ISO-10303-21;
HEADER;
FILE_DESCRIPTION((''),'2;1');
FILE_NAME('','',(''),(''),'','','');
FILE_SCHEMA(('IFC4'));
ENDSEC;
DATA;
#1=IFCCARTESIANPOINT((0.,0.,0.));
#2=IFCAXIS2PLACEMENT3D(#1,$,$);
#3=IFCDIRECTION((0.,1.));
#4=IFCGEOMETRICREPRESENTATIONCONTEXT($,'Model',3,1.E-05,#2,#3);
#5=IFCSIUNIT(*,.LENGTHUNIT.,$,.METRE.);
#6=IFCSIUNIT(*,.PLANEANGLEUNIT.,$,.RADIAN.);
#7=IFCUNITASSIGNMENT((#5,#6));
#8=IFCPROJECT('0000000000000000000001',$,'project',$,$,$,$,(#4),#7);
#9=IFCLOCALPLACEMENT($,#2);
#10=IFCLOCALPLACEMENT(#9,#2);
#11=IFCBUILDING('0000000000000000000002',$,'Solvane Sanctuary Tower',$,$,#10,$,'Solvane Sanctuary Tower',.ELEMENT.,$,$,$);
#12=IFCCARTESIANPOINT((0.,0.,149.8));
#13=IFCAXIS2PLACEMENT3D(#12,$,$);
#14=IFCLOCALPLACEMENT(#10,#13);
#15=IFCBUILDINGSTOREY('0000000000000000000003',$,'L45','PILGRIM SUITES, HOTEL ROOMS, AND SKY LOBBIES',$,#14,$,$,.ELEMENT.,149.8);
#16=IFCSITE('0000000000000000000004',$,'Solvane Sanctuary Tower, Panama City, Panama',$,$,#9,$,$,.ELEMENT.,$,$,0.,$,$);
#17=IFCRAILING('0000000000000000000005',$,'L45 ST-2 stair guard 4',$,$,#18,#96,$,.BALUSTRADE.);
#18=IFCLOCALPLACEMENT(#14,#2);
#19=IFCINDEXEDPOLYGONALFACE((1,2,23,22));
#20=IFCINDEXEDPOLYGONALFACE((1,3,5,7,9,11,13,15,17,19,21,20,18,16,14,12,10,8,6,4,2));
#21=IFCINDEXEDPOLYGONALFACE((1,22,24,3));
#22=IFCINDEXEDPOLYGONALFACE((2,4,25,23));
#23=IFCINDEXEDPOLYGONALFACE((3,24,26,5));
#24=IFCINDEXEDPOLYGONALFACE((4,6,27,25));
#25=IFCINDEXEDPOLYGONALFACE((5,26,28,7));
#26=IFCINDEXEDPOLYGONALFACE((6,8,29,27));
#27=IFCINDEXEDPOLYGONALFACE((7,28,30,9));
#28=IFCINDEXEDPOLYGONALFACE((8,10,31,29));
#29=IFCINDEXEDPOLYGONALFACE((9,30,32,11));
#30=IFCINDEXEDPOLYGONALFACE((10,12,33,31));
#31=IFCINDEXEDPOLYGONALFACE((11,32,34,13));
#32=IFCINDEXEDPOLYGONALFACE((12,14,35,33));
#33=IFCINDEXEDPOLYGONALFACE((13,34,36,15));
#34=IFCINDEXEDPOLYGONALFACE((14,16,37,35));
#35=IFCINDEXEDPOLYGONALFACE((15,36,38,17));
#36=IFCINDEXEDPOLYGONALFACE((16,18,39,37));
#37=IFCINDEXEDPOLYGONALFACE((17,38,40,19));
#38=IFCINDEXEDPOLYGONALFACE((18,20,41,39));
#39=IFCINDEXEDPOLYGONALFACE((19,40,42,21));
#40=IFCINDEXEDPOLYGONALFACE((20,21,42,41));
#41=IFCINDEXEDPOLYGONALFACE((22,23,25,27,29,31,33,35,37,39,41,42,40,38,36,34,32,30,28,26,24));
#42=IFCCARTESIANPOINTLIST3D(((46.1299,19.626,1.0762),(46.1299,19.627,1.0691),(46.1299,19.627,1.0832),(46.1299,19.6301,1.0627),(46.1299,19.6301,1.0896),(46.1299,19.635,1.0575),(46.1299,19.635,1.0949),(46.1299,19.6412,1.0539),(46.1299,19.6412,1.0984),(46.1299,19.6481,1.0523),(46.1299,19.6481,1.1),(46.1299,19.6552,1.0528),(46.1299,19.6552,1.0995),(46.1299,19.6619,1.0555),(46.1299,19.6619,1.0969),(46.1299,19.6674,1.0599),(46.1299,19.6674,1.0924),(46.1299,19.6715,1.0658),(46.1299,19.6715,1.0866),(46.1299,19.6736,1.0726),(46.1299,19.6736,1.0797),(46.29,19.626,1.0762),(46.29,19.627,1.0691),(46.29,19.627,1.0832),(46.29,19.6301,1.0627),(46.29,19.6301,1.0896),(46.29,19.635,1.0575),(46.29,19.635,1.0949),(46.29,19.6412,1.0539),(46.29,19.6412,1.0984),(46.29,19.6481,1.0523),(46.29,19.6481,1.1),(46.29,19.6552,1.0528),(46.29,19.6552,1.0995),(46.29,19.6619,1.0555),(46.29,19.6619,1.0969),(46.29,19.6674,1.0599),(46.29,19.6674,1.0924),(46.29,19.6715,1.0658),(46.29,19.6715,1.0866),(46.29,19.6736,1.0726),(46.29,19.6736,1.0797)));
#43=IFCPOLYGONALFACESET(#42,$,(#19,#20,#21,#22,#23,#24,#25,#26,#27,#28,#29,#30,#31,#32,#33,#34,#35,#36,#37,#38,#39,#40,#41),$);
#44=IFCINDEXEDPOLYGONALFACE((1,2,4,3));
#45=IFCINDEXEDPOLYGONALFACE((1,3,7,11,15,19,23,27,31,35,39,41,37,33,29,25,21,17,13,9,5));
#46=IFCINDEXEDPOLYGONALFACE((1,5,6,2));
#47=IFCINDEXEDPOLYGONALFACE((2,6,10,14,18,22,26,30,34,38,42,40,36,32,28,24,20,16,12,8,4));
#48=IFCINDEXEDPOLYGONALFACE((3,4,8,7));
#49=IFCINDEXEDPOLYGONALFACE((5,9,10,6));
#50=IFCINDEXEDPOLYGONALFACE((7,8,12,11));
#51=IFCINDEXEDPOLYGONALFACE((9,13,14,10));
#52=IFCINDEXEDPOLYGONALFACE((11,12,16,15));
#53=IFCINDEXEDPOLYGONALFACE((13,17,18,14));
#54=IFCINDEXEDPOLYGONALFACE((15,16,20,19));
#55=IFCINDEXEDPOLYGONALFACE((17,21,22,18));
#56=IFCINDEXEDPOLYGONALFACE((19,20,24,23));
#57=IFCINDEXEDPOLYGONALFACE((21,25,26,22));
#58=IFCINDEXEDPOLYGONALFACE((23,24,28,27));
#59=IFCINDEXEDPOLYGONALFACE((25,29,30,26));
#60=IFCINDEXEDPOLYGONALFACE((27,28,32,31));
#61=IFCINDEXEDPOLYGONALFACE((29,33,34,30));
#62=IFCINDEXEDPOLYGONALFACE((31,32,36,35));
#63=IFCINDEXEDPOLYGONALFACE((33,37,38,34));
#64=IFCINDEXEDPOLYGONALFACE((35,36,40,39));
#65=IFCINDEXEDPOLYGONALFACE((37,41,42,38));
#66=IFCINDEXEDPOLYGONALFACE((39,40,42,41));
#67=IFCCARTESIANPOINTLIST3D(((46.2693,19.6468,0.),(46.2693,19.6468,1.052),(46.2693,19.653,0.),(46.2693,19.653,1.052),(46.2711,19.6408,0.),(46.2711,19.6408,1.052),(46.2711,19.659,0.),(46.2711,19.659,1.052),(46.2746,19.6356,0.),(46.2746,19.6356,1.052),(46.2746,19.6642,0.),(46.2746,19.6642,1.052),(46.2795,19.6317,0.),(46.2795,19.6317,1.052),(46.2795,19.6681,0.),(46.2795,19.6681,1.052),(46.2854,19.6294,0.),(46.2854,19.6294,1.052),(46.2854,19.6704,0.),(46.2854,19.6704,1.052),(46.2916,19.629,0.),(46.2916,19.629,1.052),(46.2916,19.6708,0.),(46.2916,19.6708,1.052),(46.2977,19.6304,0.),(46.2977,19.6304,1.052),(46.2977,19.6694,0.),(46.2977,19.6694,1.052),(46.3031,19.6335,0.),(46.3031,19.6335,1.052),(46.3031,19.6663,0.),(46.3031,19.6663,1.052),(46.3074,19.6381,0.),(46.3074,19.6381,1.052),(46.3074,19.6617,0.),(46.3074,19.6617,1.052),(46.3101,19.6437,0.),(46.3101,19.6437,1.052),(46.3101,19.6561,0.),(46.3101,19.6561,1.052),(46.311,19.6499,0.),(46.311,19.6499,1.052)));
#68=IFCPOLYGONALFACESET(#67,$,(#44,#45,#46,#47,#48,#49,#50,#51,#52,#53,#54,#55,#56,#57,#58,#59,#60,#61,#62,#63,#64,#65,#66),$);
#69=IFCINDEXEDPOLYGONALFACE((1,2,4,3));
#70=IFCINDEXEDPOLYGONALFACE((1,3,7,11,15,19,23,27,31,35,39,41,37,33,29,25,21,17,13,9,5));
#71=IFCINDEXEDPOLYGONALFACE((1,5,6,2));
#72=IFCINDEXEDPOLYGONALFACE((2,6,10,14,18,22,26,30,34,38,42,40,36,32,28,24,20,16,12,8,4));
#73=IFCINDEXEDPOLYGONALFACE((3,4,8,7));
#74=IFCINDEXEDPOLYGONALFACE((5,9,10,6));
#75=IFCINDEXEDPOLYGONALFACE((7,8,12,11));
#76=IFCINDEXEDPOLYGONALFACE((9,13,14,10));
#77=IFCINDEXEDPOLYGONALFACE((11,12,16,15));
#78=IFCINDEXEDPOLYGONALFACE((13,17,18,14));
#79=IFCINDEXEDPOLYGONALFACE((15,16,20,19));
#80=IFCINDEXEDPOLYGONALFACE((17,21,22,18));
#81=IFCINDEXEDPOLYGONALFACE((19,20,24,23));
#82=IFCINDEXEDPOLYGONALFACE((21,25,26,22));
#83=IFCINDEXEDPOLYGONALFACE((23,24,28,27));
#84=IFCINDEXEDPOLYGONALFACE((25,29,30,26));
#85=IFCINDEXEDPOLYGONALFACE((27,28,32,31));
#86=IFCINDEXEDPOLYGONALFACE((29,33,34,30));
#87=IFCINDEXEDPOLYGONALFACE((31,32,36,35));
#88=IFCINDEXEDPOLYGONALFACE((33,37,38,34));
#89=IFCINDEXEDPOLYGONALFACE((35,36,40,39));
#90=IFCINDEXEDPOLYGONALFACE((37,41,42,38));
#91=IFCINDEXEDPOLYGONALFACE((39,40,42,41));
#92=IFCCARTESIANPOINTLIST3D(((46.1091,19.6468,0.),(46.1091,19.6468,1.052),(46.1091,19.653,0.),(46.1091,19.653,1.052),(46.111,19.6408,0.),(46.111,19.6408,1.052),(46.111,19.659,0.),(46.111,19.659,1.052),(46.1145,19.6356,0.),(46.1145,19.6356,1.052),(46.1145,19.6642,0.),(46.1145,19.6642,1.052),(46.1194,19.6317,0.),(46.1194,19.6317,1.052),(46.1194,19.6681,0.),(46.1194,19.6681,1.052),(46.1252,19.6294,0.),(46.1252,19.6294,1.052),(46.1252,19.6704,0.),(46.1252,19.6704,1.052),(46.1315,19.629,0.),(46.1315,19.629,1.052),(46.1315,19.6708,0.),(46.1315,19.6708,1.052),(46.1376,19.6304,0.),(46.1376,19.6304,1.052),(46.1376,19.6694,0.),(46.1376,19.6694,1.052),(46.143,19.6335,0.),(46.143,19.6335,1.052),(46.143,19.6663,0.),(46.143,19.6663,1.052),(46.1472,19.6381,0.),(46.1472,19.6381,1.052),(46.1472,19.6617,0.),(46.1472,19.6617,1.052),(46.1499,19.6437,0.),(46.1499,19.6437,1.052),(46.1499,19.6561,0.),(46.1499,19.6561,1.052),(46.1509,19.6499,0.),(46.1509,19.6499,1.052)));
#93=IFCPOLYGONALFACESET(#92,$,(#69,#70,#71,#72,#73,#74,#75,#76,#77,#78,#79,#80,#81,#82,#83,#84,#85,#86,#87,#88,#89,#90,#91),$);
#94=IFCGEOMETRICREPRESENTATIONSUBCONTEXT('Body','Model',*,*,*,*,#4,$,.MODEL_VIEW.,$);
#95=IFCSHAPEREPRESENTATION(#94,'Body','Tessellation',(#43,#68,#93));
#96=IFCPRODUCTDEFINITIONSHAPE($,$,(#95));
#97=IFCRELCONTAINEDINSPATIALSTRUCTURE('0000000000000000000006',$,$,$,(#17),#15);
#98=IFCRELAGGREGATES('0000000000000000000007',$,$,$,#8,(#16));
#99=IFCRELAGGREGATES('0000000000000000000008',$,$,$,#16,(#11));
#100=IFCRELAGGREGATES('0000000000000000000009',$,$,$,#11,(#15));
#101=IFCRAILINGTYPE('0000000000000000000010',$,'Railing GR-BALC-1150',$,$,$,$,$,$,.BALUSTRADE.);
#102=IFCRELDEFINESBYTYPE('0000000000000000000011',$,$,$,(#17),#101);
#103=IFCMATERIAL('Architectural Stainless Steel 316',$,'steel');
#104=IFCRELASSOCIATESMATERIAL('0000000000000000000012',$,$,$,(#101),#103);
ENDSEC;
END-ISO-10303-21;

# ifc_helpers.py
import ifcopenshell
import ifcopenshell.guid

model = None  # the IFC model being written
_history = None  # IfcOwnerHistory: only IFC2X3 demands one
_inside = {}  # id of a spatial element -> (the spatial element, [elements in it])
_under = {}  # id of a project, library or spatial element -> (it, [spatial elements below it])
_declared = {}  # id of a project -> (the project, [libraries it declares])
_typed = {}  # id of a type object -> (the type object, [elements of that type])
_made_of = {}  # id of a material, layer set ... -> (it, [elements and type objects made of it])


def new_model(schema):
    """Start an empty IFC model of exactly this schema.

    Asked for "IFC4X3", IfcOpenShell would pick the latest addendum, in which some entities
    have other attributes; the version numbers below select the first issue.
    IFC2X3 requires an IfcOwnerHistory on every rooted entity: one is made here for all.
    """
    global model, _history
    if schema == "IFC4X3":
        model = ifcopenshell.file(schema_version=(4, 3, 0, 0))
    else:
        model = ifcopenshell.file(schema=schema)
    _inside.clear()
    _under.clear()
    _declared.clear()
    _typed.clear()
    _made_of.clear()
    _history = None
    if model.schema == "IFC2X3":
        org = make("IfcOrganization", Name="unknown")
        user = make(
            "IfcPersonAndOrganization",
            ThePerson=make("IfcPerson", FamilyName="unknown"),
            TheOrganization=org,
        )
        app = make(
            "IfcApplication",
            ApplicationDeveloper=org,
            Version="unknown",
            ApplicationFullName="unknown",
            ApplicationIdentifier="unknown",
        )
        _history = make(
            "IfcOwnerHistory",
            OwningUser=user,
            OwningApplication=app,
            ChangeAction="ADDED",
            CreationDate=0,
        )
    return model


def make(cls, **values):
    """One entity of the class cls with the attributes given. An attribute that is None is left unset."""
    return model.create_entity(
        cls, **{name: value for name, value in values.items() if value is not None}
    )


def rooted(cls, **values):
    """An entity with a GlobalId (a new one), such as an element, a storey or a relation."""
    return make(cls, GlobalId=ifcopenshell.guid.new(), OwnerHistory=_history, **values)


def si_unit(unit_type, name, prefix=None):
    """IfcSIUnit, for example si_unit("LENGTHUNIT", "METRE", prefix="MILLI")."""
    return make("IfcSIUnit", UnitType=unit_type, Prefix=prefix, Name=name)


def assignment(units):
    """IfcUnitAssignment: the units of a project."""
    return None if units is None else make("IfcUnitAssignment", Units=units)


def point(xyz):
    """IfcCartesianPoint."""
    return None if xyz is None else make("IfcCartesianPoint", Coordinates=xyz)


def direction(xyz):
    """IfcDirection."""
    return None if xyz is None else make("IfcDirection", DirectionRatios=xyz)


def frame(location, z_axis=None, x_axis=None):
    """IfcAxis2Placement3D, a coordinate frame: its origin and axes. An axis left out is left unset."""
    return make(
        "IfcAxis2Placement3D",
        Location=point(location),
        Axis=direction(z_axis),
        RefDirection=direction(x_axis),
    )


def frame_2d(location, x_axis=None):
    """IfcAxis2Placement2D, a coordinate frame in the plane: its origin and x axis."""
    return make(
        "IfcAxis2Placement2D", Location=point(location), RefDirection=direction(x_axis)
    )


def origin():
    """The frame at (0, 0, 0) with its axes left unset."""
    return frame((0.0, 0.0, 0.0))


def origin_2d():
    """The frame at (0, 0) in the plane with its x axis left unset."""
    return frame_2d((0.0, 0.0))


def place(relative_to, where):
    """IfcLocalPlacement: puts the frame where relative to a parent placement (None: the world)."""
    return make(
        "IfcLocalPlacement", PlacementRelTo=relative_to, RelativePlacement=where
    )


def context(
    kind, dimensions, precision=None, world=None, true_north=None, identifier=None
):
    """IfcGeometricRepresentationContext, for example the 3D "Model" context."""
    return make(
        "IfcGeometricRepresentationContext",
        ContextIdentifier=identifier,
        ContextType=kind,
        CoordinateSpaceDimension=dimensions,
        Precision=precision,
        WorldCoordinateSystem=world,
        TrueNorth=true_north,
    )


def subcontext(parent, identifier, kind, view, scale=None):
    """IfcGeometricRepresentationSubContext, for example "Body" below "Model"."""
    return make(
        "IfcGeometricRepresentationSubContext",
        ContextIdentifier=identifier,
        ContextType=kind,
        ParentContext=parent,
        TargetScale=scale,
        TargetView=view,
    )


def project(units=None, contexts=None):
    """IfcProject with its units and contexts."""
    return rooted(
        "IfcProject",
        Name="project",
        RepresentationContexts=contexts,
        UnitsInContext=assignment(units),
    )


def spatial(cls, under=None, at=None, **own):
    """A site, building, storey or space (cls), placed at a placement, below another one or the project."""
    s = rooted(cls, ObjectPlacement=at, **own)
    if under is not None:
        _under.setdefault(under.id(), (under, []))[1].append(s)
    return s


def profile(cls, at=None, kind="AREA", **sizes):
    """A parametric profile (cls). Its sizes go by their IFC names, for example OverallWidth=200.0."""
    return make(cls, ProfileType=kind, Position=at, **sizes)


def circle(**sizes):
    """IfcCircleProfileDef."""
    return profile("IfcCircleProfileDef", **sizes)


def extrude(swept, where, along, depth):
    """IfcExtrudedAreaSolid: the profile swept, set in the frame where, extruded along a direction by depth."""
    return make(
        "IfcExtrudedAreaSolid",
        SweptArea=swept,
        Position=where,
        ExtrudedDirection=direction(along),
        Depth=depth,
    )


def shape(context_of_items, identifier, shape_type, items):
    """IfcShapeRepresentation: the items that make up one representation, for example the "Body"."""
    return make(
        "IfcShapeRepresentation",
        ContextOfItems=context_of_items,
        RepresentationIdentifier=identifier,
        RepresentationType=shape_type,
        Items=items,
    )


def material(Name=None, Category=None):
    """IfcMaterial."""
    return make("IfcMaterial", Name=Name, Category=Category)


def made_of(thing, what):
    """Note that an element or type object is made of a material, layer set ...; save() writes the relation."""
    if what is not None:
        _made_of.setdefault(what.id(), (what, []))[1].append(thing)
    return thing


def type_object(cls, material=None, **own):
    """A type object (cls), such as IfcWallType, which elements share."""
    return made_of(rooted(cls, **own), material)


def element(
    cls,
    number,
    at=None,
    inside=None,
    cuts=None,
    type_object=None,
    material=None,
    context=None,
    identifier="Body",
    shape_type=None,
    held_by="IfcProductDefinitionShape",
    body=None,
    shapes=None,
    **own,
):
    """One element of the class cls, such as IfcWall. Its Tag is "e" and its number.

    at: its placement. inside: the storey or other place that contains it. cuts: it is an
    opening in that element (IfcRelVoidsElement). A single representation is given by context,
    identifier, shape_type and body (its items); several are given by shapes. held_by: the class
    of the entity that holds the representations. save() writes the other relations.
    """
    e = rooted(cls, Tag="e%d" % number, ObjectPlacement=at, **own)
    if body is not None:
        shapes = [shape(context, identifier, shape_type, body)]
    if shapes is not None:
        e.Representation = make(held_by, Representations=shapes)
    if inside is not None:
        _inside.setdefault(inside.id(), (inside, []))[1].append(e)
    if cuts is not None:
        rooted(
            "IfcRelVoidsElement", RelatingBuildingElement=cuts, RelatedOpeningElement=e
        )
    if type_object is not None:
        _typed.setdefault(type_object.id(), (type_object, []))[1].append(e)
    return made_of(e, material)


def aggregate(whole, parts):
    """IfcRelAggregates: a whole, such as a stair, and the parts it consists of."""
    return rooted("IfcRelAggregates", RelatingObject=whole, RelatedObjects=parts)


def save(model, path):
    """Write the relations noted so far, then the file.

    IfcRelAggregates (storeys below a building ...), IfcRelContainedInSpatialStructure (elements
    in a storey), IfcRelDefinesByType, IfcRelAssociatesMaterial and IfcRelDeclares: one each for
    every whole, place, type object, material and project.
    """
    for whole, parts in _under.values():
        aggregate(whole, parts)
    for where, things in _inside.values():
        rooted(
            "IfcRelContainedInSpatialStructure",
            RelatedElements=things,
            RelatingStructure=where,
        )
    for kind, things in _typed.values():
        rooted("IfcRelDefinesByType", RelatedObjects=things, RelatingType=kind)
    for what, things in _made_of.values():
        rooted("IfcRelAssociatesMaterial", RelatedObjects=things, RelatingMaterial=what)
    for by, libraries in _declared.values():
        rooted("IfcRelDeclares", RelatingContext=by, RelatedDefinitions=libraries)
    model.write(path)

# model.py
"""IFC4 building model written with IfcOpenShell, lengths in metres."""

from ifc_helpers import new_model, si_unit, direction, frame, origin, origin_2d, place, context, subcontext, project, spatial, circle, extrude, material, type_object, element, save


model = new_model("IFC4")

# Units and contexts
model_context = context("Model", 3, precision=1e-05, world=origin(), true_north=direction((0.0, 1.0)))
body_context = subcontext(model_context, "Body", "Model", "MODEL_VIEW")
ifc_project = project(units=[si_unit("LENGTHUNIT", "METRE"), si_unit("PLANEANGLEUNIT", "RADIAN")], contexts=[model_context])

# Site, building, storey
site_placement = place(None, origin())
site = spatial("IfcSite", under=ifc_project, at=site_placement, Name="Solvane Sanctuary Tower, Panama City, Panama", CompositionType="ELEMENT", RefElevation=0.0)
building_placement = place(site_placement, origin())
building = spatial("IfcBuilding", under=site, at=building_placement, Name="Solvane Sanctuary Tower", LongName="Solvane Sanctuary Tower", CompositionType="ELEMENT")
storey_placement = place(building_placement, frame((0.0, 0.0, 149.8)))
storey = spatial("IfcBuildingStorey", under=building, at=storey_placement, Name="L45", Description="PILGRIM SUITES, HOTEL ROOMS, AND SKY LOBBIES", CompositionType="ELEMENT", Elevation=149.8)

# Shared definitions
ifc_material_1 = material(Name="Architectural Stainless Steel 316", Category="steel")

# Railing
railing_type_1 = type_object("IfcRailingType", Name="Railing GR-BALC-1150", PredefinedType="BALUSTRADE", material=ifc_material_1)
railing_1_placement = place(storey_placement, frame((46.29, 19.6499, 0.0)))
element("IfcRailing", 1, at=railing_1_placement, inside=storey, type_object=railing_type_1, Name="L45 ST-2 stair guard 4", PredefinedType="BALUSTRADE", context=body_context, shape_type="SweptSolid", body=[
    extrude(circle(Radius=0.0239, at=origin_2d()), frame((0.0, 0.0, 1.0762), z_axis=(-1.0, 0.0, 0.0), x_axis=(0.0, -1.0, 0.0)), (0.0, 0.0, 1.0), 0.1602),
    extrude(circle(Radius=0.021, at=origin_2d()), origin(), (0.0, 0.0, 1.0), 1.052),
    extrude(circle(Radius=0.021, at=origin_2d()), frame((-0.1602, 0.0, 0.0)), (0.0, 0.0, 1.0), 1.052),
])

save(model, "model.ifc")
